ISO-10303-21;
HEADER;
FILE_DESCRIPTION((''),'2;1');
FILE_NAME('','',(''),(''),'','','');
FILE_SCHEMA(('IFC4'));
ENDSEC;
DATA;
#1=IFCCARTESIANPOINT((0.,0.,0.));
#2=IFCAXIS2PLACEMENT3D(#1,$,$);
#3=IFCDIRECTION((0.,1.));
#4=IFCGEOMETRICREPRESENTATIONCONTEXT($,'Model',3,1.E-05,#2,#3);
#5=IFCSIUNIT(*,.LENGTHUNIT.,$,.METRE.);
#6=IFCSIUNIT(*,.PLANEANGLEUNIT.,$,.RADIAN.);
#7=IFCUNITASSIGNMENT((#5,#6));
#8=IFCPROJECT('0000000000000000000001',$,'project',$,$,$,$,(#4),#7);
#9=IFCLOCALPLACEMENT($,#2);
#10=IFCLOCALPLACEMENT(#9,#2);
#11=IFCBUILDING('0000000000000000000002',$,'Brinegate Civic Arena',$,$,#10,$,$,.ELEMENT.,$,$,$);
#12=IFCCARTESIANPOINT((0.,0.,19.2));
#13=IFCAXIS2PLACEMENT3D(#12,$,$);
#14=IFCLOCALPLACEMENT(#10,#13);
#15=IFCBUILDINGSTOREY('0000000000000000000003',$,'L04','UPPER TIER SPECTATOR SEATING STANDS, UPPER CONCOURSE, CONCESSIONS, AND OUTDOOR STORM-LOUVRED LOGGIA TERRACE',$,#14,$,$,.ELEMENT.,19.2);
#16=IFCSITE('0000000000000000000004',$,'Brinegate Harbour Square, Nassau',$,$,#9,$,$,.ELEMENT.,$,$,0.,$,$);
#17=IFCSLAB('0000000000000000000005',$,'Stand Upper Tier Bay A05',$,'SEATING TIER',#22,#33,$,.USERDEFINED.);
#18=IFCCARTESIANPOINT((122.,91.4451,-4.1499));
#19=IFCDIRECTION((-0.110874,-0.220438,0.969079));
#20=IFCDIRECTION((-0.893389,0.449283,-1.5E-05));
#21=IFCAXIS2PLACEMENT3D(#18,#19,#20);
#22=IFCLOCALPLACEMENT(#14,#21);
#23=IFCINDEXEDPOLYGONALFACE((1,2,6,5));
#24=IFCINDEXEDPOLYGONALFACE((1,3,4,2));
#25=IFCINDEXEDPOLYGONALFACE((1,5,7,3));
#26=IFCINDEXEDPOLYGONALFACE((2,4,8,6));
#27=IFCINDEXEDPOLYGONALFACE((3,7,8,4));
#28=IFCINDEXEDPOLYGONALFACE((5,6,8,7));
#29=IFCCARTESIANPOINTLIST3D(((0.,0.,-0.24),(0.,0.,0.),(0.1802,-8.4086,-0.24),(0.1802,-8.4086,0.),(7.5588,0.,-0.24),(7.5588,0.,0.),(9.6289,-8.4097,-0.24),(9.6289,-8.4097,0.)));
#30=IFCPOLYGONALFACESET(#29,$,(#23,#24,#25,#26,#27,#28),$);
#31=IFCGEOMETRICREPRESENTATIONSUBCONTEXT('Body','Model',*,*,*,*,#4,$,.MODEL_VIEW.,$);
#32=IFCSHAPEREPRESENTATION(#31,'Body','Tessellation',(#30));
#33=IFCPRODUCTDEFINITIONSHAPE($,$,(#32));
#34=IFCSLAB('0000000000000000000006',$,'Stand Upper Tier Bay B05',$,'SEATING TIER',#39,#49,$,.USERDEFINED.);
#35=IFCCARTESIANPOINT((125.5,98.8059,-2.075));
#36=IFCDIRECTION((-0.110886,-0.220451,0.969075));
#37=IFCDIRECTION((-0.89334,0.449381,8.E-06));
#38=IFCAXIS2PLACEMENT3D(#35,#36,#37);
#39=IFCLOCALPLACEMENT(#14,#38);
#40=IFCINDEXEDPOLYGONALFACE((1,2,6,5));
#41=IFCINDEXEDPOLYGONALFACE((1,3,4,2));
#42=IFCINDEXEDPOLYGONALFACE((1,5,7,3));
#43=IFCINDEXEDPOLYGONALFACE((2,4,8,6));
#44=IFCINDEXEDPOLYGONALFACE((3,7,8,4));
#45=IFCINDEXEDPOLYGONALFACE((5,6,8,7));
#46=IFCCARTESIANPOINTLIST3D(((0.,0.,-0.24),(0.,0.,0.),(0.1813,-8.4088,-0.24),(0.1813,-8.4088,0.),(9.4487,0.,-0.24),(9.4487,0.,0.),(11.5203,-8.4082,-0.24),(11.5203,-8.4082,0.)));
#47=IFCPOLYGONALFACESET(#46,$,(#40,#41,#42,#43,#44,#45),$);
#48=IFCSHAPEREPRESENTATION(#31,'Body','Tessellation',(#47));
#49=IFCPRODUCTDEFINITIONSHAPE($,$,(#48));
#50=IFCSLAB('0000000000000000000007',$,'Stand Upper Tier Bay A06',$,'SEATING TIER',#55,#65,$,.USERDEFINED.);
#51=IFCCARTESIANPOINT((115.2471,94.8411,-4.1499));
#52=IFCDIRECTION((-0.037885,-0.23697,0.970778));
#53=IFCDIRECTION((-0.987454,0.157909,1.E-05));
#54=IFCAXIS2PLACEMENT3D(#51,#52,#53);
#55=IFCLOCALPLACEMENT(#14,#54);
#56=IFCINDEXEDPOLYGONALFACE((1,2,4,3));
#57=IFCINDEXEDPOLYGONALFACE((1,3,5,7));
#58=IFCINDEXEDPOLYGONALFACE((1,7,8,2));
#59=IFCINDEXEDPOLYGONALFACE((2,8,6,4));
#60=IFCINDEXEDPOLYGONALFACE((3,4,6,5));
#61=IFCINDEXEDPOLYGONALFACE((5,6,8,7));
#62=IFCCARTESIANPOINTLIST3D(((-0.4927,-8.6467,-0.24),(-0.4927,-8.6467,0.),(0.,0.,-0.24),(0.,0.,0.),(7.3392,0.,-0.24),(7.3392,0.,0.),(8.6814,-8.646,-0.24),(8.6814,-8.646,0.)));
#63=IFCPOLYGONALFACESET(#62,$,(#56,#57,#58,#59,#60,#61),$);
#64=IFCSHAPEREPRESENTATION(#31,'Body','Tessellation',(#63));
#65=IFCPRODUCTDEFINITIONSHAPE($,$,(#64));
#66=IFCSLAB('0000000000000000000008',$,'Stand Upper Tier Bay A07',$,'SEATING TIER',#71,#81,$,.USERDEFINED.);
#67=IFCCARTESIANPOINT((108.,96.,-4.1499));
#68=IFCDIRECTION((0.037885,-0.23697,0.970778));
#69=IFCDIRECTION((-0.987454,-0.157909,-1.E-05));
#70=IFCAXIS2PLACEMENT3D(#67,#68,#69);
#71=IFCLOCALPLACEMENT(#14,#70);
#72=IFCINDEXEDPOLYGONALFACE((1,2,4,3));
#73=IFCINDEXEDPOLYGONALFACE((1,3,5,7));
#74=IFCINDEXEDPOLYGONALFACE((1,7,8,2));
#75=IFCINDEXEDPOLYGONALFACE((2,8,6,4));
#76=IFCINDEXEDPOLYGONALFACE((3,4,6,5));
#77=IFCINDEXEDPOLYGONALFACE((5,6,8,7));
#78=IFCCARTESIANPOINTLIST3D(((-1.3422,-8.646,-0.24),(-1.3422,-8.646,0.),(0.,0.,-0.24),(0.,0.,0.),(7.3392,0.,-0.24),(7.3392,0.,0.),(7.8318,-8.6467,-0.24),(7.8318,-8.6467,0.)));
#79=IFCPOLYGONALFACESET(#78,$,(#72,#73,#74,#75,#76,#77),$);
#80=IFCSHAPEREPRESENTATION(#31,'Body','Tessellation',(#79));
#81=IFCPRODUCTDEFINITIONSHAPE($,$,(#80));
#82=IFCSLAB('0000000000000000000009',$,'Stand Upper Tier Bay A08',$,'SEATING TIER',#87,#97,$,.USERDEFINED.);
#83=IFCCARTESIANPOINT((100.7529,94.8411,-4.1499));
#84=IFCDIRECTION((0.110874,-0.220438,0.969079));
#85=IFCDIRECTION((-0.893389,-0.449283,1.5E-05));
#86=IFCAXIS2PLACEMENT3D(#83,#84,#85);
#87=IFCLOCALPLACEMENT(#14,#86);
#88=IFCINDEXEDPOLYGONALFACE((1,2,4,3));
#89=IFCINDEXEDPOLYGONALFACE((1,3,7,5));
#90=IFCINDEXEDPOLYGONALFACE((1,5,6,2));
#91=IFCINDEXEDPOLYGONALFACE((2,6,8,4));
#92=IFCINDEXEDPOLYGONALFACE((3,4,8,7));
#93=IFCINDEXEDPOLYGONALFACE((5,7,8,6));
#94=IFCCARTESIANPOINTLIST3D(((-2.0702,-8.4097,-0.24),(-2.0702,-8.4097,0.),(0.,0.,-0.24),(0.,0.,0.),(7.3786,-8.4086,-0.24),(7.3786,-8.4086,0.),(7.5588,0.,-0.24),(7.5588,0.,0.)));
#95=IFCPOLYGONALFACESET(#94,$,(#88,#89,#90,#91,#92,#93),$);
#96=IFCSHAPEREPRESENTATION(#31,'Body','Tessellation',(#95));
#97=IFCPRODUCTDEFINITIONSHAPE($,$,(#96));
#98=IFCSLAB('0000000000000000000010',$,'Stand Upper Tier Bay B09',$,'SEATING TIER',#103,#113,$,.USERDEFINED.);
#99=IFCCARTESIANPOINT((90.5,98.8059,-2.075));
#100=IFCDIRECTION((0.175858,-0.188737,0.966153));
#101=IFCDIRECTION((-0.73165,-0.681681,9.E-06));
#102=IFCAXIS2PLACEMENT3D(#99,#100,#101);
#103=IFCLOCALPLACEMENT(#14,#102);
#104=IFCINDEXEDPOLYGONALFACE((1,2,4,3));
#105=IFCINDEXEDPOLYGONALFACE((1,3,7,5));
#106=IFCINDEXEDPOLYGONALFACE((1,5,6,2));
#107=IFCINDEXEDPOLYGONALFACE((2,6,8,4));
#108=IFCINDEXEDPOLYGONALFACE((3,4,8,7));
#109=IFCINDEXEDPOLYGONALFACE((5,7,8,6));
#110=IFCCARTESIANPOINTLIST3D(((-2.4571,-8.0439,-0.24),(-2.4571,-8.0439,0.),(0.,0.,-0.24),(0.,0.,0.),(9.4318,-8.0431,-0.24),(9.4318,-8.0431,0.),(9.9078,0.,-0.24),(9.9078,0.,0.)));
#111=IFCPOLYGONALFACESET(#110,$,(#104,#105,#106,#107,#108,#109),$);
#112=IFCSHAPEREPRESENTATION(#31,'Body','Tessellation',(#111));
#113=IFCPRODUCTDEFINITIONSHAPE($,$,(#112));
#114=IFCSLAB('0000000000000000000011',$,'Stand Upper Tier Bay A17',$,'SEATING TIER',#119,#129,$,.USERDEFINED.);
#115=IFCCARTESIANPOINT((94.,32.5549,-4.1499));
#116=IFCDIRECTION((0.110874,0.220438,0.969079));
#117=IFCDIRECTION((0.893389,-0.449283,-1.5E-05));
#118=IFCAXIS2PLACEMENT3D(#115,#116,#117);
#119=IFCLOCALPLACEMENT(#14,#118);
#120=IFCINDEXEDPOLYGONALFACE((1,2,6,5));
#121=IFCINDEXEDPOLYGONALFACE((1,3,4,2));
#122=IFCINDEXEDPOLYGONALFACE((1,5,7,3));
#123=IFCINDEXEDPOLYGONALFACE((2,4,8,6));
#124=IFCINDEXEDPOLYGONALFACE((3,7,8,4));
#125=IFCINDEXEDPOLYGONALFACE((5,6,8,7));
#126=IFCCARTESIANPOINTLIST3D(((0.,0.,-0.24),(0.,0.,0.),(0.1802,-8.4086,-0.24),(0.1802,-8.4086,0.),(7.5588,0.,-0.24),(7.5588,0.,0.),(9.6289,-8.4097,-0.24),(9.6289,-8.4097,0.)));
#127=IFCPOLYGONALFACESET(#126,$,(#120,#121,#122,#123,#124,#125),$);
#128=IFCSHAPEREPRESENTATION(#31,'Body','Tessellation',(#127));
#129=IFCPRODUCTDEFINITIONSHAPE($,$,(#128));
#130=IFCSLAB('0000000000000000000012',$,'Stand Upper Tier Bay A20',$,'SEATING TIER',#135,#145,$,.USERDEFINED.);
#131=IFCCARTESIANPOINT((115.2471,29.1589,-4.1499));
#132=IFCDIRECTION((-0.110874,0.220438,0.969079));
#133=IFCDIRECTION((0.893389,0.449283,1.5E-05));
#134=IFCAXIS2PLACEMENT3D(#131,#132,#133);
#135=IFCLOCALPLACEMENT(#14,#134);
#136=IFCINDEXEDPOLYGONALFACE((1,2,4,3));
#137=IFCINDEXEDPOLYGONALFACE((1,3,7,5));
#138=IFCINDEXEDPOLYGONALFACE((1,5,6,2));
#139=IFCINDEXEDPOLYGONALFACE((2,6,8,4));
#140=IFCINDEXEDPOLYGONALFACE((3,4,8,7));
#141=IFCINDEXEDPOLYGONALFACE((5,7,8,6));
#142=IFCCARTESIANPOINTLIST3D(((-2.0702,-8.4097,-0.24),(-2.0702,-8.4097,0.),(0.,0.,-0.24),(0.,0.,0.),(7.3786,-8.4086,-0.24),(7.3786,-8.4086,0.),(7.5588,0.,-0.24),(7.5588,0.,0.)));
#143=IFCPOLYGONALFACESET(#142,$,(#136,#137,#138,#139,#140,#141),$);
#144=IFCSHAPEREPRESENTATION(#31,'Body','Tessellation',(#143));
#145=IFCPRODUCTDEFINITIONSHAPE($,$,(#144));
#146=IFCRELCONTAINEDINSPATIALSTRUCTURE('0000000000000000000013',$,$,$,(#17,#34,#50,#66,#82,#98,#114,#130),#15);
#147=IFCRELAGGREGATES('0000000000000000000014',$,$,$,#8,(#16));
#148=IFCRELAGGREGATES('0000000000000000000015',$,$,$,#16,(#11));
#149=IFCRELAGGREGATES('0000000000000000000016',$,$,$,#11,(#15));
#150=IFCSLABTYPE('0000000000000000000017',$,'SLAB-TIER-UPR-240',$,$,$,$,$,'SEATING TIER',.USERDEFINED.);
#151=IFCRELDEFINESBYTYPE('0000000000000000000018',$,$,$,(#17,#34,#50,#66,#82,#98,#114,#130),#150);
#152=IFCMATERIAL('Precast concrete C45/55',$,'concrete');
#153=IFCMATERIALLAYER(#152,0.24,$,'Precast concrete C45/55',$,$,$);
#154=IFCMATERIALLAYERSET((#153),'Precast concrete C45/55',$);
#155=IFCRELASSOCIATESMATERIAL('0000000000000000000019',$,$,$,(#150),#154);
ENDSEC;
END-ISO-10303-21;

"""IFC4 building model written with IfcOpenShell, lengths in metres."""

from ifc_helpers import new_model, si_unit, direction, frame, origin, place, context, subcontext, project, spatial, polyline, outline, extrude, material, layer, layer_set, type_object, element, save


model = new_model("IFC4")

# Units and contexts
model_context = context("Model", 3, precision=1e-05, world=origin(), true_north=direction((0.0, 1.0)))
body_context = subcontext(model_context, "Body", "Model", "MODEL_VIEW")
ifc_project = project(units=[si_unit("LENGTHUNIT", "METRE"), si_unit("PLANEANGLEUNIT", "RADIAN")], contexts=[model_context])

# Site, building, storey
site_placement = place(None, origin())
site = spatial("IfcSite", under=ifc_project, at=site_placement, Name="Brinegate Harbour Square, Nassau", CompositionType="ELEMENT", RefElevation=0.0)
building_placement = place(site_placement, origin())
building = spatial("IfcBuilding", under=site, at=building_placement, Name="Brinegate Civic Arena", CompositionType="ELEMENT")
storey_placement = place(building_placement, frame((0.0, 0.0, 19.2)))
storey = spatial("IfcBuildingStorey", under=building, at=storey_placement, Name="L04", Description="UPPER TIER SPECTATOR SEATING STANDS, UPPER CONCOURSE, CONCESSIONS, AND OUTDOOR STORM-LOUVRED LOGGIA TERRACE", CompositionType="ELEMENT", Elevation=19.2)

# Slabs
ifc_material_1 = material(Name="Precast concrete C45/55", Category="concrete")
ifc_layer = layer(ifc_material_1, 0.24, Name="Precast concrete C45/55")
ifc_layer_set = layer_set([ifc_layer], Name="Precast concrete C45/55")
slab_type = type_object("IfcSlabType", Name="SLAB-TIER-UPR-240", ElementType="SEATING TIER", PredefinedType="USERDEFINED", material=ifc_layer_set)
slab_1_placement = place(storey_placement, frame((122.0, 91.4451, -4.1499), z_axis=(-0.110874, -0.220438, 0.969079), x_axis=(-0.893389, 0.449283, -0.000015)))
element("IfcSlab", 1, at=slab_1_placement, inside=storey, type_object=slab_type, Name="Stand Upper Tier Bay A05", ObjectType="SEATING TIER", PredefinedType="USERDEFINED", context=body_context, shape_type="SweptSolid", body=[
    extrude(outline(polyline([(0.0, 0.0), (7.5588, 0.0), (9.6289, -8.4097), (0.1802, -8.4086), (0.0, 0.0)])), origin(), (0.0, 0.0, -1.0), 0.24),
])
slab_2_placement = place(storey_placement, frame((125.5, 98.8059, -2.075), z_axis=(-0.110886, -0.220451, 0.969075), x_axis=(-0.89334, 0.449381, 0.000008)))
element("IfcSlab", 2, at=slab_2_placement, inside=storey, type_object=slab_type, Name="Stand Upper Tier Bay B05", ObjectType="SEATING TIER", PredefinedType="USERDEFINED", context=body_context, shape_type="SweptSolid", body=[
    extrude(outline(polyline([(0.0, 0.0), (9.4487, 0.0), (11.5203, -8.4082), (0.1813, -8.4088), (0.0, 0.0)])), origin(), (0.0, 0.0, -1.0), 0.24),
])
slab_3_placement = place(storey_placement, frame((115.2471, 94.8411, -4.1499), z_axis=(-0.037885, -0.23697, 0.970778), x_axis=(-0.987454, 0.157909, 0.00001)))
element("IfcSlab", 3, at=slab_3_placement, inside=storey, type_object=slab_type, Name="Stand Upper Tier Bay A06", ObjectType="SEATING TIER", PredefinedType="USERDEFINED", context=body_context, shape_type="SweptSolid", body=[
    extrude(outline(polyline([(0.0, 0.0), (7.3392, 0.0), (8.6814, -8.646), (-0.4927, -8.6467), (0.0, 0.0)])), origin(), (0.0, 0.0, -1.0), 0.24),
])
slab_4_placement = place(storey_placement, frame((108.0, 96.0, -4.1499), z_axis=(0.037885, -0.23697, 0.970778), x_axis=(-0.987454, -0.157909, -0.00001)))
element("IfcSlab", 4, at=slab_4_placement, inside=storey, type_object=slab_type, Name="Stand Upper Tier Bay A07", ObjectType="SEATING TIER", PredefinedType="USERDEFINED", context=body_context, shape_type="SweptSolid", body=[
    extrude(outline(polyline([(0.0, 0.0), (7.3392, 0.0), (7.8318, -8.6467), (-1.3422, -8.646), (0.0, 0.0)])), origin(), (0.0, 0.0, -1.0), 0.24),
])
slab_5_placement = place(storey_placement, frame((100.7529, 94.8411, -4.1499), z_axis=(0.110874, -0.220438, 0.969079), x_axis=(-0.893389, -0.449283, 0.000015)))
element("IfcSlab", 5, at=slab_5_placement, inside=storey, type_object=slab_type, Name="Stand Upper Tier Bay A08", ObjectType="SEATING TIER", PredefinedType="USERDEFINED", context=body_context, shape_type="SweptSolid", body=[
    extrude(outline(polyline([(0.0, 0.0), (7.5588, 0.0), (7.3786, -8.4086), (-2.0702, -8.4097), (0.0, 0.0)])), origin(), (0.0, 0.0, -1.0), 0.24),
])
slab_6_placement = place(storey_placement, frame((90.5, 98.8059, -2.075), z_axis=(0.175858, -0.188737, 0.966153), x_axis=(-0.73165, -0.681681, 0.000009)))
element("IfcSlab", 6, at=slab_6_placement, inside=storey, type_object=slab_type, Name="Stand Upper Tier Bay B09", ObjectType="SEATING TIER", PredefinedType="USERDEFINED", context=body_context, shape_type="SweptSolid", body=[
    extrude(outline(polyline([(0.0, 0.0), (9.9078, 0.0), (9.4318, -8.0431), (-2.4571, -8.0439), (0.0, 0.0)])), origin(), (0.0, 0.0, -1.0), 0.24),
])
slab_7_placement = place(storey_placement, frame((94.0, 32.5549, -4.1499), z_axis=(0.110874, 0.220438, 0.969079), x_axis=(0.893389, -0.449283, -0.000015)))
element("IfcSlab", 7, at=slab_7_placement, inside=storey, type_object=slab_type, Name="Stand Upper Tier Bay A17", ObjectType="SEATING TIER", PredefinedType="USERDEFINED", context=body_context, shape_type="SweptSolid", body=[
    extrude(outline(polyline([(0.0, 0.0), (7.5588, 0.0), (9.6289, -8.4097), (0.1802, -8.4086), (0.0, 0.0)])), origin(), (0.0, 0.0, -1.0), 0.24),
])
slab_8_placement = place(storey_placement, frame((115.2471, 29.1589, -4.1499), z_axis=(-0.110874, 0.220438, 0.969079), x_axis=(0.893389, 0.449283, 0.000015)))
element("IfcSlab", 8, at=slab_8_placement, inside=storey, type_object=slab_type, Name="Stand Upper Tier Bay A20", ObjectType="SEATING TIER", PredefinedType="USERDEFINED", context=body_context, shape_type="SweptSolid", body=[
    extrude(outline(polyline([(0.0, 0.0), (7.5588, 0.0), (7.3786, -8.4086), (-2.0702, -8.4097), (0.0, 0.0)])), origin(), (0.0, 0.0, -1.0), 0.24),
])

save(model, "model.ifc")
